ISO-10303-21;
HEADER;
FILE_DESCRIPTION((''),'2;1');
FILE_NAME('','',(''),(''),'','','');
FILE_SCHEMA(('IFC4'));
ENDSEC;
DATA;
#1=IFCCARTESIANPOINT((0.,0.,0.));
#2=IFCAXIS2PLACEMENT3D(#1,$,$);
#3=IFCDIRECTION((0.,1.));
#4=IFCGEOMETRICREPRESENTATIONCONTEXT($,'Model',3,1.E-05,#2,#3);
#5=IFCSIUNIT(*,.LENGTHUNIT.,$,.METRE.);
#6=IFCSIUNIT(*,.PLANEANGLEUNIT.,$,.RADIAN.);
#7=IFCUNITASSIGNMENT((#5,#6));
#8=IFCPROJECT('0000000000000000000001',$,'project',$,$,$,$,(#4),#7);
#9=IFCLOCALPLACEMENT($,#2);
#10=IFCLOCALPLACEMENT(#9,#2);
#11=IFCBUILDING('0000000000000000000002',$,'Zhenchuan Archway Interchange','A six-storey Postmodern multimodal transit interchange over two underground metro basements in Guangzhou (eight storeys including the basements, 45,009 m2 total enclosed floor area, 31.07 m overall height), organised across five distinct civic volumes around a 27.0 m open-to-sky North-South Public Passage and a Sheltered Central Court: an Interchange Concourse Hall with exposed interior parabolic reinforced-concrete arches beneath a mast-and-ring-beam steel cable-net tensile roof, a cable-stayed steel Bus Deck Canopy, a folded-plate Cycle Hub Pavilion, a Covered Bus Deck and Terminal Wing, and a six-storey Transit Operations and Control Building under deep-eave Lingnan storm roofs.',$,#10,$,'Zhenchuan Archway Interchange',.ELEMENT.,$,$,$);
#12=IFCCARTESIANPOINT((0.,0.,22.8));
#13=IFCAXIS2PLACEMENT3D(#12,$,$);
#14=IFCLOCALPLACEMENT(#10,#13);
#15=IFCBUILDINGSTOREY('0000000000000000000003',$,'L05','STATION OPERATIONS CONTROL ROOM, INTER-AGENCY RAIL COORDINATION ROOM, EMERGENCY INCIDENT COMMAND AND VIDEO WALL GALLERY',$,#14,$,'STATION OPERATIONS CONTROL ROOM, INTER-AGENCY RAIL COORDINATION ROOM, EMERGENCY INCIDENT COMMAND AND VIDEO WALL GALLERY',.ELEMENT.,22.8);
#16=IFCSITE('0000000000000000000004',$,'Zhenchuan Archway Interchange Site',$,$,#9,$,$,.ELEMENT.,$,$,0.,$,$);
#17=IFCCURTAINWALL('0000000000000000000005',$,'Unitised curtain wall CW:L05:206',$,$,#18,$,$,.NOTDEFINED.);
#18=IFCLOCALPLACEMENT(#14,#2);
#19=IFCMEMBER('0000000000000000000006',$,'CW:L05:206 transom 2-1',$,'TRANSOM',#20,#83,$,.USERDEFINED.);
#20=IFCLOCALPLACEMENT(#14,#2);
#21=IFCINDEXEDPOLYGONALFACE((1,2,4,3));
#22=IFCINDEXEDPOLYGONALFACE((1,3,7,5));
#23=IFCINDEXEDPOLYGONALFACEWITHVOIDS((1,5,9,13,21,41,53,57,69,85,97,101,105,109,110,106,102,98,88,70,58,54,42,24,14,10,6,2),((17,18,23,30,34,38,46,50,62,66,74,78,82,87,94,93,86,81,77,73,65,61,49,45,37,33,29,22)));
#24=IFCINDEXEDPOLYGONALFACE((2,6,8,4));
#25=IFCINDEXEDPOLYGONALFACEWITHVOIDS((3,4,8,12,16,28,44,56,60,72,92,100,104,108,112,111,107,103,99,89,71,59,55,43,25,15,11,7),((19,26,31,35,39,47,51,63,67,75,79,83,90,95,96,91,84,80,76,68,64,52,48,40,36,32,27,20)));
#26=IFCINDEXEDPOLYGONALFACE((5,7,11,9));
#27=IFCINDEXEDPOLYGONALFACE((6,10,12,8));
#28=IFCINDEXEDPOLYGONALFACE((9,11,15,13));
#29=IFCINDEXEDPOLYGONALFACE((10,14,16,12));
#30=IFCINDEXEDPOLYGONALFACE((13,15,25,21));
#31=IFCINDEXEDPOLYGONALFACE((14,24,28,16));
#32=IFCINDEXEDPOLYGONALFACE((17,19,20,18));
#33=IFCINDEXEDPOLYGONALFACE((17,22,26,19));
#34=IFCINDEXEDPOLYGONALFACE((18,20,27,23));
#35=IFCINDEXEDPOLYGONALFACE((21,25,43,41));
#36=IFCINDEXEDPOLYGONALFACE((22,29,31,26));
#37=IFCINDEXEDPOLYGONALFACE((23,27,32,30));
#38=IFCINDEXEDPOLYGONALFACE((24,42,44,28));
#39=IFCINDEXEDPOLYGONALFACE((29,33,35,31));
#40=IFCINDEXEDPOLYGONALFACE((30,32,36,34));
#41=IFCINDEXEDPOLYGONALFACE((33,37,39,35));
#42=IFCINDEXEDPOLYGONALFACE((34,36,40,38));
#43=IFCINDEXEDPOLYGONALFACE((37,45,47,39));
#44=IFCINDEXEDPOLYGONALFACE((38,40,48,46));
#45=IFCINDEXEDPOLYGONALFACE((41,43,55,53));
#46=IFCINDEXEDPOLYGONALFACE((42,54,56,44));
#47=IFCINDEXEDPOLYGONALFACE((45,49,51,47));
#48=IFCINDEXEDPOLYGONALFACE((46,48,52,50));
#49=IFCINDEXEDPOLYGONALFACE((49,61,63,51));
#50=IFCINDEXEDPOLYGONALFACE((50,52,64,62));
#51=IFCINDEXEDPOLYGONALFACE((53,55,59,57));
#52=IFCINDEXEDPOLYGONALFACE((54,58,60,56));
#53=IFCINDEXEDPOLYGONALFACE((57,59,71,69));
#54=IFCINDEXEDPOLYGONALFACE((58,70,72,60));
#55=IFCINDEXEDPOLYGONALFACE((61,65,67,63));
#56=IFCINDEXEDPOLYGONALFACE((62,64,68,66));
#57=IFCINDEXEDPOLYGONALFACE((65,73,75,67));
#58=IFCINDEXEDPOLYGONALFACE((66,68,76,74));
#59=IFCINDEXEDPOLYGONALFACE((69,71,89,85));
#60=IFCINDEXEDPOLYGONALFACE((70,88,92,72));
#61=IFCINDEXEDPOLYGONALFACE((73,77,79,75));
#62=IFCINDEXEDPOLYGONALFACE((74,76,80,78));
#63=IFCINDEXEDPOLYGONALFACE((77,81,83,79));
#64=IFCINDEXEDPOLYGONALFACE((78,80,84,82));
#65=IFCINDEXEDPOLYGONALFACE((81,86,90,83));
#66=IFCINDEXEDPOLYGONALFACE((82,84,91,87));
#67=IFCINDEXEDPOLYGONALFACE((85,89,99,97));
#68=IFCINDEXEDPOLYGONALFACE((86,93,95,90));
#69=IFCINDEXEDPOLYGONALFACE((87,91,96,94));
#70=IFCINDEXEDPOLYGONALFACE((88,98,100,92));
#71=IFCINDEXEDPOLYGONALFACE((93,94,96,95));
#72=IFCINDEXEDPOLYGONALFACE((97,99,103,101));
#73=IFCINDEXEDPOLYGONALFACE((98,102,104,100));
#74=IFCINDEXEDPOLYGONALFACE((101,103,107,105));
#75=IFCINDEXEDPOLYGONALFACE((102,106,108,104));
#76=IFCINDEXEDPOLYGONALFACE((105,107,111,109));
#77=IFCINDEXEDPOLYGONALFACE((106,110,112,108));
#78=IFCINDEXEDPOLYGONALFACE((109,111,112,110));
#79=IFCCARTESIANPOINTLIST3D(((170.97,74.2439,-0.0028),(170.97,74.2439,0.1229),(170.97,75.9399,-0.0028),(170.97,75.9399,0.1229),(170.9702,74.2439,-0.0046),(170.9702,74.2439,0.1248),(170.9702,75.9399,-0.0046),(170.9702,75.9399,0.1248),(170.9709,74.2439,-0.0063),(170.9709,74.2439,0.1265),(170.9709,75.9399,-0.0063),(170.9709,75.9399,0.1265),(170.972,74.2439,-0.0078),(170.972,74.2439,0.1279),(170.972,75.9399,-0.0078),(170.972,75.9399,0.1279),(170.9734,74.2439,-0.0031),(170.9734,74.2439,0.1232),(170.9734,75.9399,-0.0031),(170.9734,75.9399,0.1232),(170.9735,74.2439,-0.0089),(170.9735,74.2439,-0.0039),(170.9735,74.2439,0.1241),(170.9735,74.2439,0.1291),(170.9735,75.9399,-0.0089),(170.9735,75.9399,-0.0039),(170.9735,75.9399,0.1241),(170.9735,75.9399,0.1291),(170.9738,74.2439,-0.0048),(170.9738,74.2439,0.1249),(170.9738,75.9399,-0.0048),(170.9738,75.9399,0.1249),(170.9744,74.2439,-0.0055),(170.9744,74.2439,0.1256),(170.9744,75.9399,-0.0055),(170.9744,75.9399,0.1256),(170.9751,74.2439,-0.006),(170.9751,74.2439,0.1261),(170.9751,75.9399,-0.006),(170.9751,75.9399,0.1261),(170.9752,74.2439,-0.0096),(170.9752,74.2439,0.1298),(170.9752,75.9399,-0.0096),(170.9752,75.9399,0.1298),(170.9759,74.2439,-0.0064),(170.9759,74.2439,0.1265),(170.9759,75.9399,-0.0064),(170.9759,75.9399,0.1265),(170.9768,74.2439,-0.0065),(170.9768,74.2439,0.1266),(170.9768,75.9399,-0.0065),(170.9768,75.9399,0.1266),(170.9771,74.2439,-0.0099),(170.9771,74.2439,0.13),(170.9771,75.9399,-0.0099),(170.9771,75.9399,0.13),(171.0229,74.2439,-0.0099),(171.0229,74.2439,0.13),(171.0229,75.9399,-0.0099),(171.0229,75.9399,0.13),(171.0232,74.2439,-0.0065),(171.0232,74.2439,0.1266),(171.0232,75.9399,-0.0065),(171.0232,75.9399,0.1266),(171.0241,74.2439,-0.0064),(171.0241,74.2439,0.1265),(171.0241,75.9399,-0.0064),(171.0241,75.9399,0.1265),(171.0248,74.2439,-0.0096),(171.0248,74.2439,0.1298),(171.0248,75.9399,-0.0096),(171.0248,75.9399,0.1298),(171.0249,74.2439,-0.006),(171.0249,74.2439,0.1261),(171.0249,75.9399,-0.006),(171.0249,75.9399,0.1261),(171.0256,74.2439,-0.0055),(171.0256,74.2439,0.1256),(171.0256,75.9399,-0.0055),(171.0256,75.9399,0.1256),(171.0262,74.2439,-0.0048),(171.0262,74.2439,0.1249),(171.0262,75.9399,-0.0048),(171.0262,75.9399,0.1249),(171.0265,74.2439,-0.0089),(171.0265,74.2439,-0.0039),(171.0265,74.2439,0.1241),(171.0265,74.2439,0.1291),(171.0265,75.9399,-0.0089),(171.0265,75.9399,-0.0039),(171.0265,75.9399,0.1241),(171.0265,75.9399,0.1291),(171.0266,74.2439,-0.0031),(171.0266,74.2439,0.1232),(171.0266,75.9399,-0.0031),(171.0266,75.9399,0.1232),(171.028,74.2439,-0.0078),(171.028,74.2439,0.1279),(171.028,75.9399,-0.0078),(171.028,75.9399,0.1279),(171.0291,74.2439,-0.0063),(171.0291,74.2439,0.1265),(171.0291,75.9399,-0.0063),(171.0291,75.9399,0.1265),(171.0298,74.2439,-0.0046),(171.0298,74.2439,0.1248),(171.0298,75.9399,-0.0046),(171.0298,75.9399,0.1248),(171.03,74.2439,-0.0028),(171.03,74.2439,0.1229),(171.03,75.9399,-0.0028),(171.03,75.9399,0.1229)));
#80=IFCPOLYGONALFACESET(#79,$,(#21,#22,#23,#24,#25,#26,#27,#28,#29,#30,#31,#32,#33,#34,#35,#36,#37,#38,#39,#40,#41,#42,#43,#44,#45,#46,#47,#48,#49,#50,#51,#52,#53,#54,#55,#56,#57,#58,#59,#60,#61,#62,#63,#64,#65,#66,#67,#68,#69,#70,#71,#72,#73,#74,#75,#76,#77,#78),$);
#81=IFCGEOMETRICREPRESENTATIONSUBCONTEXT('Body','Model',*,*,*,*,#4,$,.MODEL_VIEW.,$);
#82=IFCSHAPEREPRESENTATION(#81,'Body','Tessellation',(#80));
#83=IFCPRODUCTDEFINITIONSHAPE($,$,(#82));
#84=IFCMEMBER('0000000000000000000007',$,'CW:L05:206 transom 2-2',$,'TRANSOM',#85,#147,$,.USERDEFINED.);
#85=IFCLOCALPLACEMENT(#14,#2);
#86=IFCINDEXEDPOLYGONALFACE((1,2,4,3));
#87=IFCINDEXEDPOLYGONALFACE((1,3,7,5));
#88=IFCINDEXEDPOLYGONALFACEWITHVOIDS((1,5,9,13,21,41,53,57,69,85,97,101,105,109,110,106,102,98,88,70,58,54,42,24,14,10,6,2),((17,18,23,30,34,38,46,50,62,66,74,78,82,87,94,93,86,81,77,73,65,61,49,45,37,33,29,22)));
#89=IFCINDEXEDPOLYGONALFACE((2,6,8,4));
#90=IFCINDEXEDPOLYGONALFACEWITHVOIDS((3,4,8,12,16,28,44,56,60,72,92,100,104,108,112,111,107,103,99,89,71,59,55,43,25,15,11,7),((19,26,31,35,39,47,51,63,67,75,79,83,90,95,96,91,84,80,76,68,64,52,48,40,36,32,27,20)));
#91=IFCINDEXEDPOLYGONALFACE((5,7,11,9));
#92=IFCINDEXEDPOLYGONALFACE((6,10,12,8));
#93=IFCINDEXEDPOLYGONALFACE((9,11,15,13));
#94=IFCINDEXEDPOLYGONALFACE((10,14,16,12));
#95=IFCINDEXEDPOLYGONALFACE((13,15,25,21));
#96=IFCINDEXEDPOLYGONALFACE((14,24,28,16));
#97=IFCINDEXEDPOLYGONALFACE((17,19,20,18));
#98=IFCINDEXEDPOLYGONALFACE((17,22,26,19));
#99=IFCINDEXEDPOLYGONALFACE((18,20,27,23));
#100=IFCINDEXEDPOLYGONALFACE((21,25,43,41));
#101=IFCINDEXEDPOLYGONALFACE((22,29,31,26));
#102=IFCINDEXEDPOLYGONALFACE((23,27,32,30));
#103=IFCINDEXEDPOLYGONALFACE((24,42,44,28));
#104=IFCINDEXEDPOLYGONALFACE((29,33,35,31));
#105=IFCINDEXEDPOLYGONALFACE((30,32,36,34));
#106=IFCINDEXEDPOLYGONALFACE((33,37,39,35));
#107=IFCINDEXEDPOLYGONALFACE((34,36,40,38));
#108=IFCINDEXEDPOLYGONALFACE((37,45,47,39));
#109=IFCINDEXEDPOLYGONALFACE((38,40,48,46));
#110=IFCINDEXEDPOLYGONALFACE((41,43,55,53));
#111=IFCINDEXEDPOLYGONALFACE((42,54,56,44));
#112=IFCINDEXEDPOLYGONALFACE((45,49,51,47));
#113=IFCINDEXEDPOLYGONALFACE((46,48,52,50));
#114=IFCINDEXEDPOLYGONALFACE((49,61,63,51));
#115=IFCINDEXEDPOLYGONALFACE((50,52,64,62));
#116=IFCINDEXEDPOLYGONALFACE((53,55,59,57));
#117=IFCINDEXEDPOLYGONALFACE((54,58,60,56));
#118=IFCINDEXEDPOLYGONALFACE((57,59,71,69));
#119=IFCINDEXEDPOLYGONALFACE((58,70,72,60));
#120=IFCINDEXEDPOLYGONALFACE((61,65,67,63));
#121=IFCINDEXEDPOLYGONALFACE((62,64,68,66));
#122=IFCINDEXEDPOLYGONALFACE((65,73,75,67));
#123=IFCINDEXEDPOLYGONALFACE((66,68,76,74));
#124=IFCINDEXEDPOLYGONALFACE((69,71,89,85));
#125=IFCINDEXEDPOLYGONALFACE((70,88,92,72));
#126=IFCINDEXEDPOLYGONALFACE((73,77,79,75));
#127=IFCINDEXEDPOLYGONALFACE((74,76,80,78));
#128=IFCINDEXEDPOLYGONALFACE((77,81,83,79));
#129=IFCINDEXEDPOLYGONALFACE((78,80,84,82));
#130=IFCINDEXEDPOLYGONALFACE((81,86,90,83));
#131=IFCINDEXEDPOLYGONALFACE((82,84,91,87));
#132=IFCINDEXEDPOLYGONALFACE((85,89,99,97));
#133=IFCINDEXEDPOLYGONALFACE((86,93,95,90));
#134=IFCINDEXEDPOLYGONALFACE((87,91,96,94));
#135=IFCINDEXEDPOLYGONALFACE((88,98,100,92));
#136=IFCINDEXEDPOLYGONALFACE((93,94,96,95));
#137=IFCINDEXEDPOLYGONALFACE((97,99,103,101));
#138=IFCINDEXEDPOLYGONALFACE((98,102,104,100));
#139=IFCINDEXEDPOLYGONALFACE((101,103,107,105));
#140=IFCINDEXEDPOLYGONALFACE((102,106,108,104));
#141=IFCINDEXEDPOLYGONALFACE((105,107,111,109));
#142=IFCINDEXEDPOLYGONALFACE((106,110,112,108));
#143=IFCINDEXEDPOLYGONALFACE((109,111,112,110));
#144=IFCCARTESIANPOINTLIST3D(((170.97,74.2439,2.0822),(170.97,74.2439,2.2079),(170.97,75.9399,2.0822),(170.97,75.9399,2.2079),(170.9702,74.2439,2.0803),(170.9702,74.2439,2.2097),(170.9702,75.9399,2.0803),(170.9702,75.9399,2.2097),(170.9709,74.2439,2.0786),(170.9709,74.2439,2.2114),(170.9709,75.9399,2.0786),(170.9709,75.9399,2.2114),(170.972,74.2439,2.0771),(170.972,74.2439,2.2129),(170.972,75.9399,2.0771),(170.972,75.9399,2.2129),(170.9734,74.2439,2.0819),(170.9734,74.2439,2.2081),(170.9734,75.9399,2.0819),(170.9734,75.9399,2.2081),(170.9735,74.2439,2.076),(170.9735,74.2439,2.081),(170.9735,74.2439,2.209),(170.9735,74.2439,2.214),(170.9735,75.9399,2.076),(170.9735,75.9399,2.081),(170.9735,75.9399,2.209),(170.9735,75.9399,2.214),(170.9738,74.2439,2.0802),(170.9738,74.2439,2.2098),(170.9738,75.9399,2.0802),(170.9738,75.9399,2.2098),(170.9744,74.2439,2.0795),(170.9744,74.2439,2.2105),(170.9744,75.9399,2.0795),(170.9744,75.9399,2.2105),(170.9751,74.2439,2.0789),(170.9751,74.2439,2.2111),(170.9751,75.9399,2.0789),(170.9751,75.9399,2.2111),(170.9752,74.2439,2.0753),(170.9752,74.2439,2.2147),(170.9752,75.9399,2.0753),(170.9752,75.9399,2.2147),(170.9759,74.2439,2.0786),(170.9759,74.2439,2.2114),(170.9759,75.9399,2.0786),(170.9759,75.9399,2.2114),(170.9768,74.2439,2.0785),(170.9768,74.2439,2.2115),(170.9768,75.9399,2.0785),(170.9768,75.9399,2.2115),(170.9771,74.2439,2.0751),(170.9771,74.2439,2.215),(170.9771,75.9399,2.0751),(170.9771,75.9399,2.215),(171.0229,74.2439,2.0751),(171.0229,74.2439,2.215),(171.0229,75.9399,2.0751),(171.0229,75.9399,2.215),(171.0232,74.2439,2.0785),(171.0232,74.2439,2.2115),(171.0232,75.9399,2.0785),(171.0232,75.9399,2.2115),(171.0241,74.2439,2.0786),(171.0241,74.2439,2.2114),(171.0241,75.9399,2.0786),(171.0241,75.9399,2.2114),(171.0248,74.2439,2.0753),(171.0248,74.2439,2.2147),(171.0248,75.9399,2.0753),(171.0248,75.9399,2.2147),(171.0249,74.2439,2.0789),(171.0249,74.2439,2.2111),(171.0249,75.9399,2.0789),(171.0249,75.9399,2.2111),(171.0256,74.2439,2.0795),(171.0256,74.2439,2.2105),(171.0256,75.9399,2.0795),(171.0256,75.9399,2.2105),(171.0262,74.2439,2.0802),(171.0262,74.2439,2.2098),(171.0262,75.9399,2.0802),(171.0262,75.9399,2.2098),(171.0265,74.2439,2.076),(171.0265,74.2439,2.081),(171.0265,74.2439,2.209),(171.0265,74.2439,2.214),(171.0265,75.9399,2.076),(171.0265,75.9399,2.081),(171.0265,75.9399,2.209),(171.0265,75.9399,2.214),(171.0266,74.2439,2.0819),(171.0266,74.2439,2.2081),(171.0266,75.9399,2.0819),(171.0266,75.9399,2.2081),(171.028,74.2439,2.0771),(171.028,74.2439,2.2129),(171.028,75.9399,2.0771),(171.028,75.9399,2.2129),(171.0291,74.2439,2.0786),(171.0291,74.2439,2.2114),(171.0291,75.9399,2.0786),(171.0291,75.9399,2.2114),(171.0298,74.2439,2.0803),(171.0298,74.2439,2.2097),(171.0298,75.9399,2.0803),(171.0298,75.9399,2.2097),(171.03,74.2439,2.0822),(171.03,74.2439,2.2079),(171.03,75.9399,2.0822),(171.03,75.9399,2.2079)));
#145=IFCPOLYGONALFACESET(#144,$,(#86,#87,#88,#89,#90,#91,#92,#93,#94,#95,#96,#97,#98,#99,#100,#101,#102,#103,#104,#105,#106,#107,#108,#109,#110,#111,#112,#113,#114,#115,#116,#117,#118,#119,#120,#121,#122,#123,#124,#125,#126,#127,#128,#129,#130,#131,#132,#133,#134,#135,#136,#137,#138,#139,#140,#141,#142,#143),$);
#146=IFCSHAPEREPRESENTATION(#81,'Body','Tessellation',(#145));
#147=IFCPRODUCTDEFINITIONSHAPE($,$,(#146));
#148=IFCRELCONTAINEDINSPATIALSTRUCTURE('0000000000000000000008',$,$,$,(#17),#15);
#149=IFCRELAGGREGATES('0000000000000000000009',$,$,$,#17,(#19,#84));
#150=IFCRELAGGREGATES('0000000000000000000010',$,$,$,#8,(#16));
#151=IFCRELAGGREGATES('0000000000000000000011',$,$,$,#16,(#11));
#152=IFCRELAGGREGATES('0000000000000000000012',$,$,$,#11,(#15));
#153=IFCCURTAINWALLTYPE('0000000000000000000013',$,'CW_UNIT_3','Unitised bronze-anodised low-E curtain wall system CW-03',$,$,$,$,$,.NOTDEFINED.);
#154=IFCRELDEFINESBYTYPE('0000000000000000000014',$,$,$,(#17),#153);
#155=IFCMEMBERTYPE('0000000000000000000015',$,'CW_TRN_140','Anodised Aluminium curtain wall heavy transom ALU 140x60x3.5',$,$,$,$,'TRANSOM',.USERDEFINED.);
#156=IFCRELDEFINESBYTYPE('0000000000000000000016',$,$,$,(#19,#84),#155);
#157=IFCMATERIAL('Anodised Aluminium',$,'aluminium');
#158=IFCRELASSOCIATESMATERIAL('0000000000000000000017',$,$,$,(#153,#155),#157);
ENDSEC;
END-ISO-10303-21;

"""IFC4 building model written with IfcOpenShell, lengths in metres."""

from ifc_helpers import new_model, si_unit, direction, frame, origin, origin_2d, place, context, subcontext, project, spatial, hollow_rectangle, extrude, material, material_profile, profile_set, type_object, element, aggregate, save


model = new_model("IFC4")

# Units and contexts
model_context = context("Model", 3, precision=1e-05, world=origin(), true_north=direction((0.0, 1.0)))
body_context = subcontext(model_context, "Body", "Model", "MODEL_VIEW")
ifc_project = project(units=[si_unit("LENGTHUNIT", "METRE"), si_unit("PLANEANGLEUNIT", "RADIAN")], contexts=[model_context])

# Site, building, storey
site_placement = place(None, origin())
site = spatial("IfcSite", under=ifc_project, at=site_placement, Name="Zhenchuan Archway Interchange Site", CompositionType="ELEMENT", RefElevation=0.0)
building_placement = place(site_placement, origin())
building = spatial("IfcBuilding", under=site, at=building_placement, Name="Zhenchuan Archway Interchange", Description="A six-storey Postmodern multimodal transit interchange over two underground metro basements in Guangzhou (eight storeys including the basements, 45,009 m2 total enclosed floor area, 31.07 m overall height), organised across five distinct civic volumes around a 27.0 m open-to-sky North-South Public Passage and a Sheltered Central Court: an Interchange Concourse Hall with exposed interior parabolic reinforced-concrete arches beneath a mast-and-ring-beam steel cable-net tensile roof, a cable-stayed steel Bus Deck Canopy, a folded-plate Cycle Hub Pavilion, a Covered Bus Deck and Terminal Wing, and a six-storey Transit Operations and Control Building under deep-eave Lingnan storm roofs.", LongName="Zhenchuan Archway Interchange", CompositionType="ELEMENT")
storey_placement = place(building_placement, frame((0.0, 0.0, 22.8)))
storey = spatial("IfcBuildingStorey", under=building, at=storey_placement, Name="L05", Description="STATION OPERATIONS CONTROL ROOM, INTER-AGENCY RAIL COORDINATION ROOM, EMERGENCY INCIDENT COMMAND AND VIDEO WALL GALLERY", LongName="STATION OPERATIONS CONTROL ROOM, INTER-AGENCY RAIL COORDINATION ROOM, EMERGENCY INCIDENT COMMAND AND VIDEO WALL GALLERY", CompositionType="ELEMENT", Elevation=22.8)

# Curtain wall, members
ifc_material_1 = material(Name="Anodised Aluminium", Category="aluminium")
curtain_wall_type = type_object("IfcCurtainWallType", Name="CW_UNIT_3", Description="Unitised bronze-anodised low-E curtain wall system CW-03", PredefinedType="NOTDEFINED", material=ifc_material_1)
curtain_wall_placement = place(storey_placement, origin())
curtain_wall = element("IfcCurtainWall", 1, at=curtain_wall_placement, inside=storey, type_object=curtain_wall_type, Name="Unitised curtain wall CW:L05:206", PredefinedType="NOTDEFINED")
ifc_material_profile_1 = material_profile(ifc_material_1, hollow_rectangle(XDim=0.0601, YDim=0.1399, WallThickness=0.0034, InnerFilletRadius=0.0034, OuterFilletRadius=0.0071, at=origin_2d()), Name="ALU 140x60x3.5")
ifc_profile_set_1 = profile_set([ifc_material_profile_1], Name="Anodised Aluminium")
member_type_1 = type_object("IfcMemberType", Name="CW_TRN_140", Description="Anodised Aluminium curtain wall heavy transom ALU 140x60x3.5", ElementType="TRANSOM", PredefinedType="USERDEFINED", material=ifc_profile_set_1)
member_1_placement = place(storey_placement, frame((171.0, 75.9399, 0.0601), z_axis=(0.0, -1.0, 0.0), x_axis=(1.0, 0.0, 0.0)))
member_1 = element("IfcMember", 2, at=member_1_placement, type_object=member_type_1, Name="CW:L05:206 transom 2-1", ObjectType="TRANSOM", PredefinedType="USERDEFINED", context=body_context, shape_type="SweptSolid", body=[
    extrude(hollow_rectangle(XDim=0.0601, YDim=0.1399, WallThickness=0.0034, InnerFilletRadius=0.0034, OuterFilletRadius=0.0071, at=origin_2d()), origin(), (0.0, 0.0, 1.0), 1.696),
])
member_2_placement = place(storey_placement, frame((171.0, 75.9399, 2.145), z_axis=(0.0, -1.0, 0.0), x_axis=(1.0, 0.0, 0.0)))
member_2 = element("IfcMember", 3, at=member_2_placement, type_object=member_type_1, Name="CW:L05:206 transom 2-2", ObjectType="TRANSOM", PredefinedType="USERDEFINED", context=body_context, shape_type="SweptSolid", body=[
    extrude(hollow_rectangle(XDim=0.0601, YDim=0.1399, WallThickness=0.0034, InnerFilletRadius=0.0034, OuterFilletRadius=0.0071, at=origin_2d()), origin(), (0.0, 0.0, 1.0), 1.696),
])

aggregate(curtain_wall, [member_1, member_2])

save(model, "model.ifc")
